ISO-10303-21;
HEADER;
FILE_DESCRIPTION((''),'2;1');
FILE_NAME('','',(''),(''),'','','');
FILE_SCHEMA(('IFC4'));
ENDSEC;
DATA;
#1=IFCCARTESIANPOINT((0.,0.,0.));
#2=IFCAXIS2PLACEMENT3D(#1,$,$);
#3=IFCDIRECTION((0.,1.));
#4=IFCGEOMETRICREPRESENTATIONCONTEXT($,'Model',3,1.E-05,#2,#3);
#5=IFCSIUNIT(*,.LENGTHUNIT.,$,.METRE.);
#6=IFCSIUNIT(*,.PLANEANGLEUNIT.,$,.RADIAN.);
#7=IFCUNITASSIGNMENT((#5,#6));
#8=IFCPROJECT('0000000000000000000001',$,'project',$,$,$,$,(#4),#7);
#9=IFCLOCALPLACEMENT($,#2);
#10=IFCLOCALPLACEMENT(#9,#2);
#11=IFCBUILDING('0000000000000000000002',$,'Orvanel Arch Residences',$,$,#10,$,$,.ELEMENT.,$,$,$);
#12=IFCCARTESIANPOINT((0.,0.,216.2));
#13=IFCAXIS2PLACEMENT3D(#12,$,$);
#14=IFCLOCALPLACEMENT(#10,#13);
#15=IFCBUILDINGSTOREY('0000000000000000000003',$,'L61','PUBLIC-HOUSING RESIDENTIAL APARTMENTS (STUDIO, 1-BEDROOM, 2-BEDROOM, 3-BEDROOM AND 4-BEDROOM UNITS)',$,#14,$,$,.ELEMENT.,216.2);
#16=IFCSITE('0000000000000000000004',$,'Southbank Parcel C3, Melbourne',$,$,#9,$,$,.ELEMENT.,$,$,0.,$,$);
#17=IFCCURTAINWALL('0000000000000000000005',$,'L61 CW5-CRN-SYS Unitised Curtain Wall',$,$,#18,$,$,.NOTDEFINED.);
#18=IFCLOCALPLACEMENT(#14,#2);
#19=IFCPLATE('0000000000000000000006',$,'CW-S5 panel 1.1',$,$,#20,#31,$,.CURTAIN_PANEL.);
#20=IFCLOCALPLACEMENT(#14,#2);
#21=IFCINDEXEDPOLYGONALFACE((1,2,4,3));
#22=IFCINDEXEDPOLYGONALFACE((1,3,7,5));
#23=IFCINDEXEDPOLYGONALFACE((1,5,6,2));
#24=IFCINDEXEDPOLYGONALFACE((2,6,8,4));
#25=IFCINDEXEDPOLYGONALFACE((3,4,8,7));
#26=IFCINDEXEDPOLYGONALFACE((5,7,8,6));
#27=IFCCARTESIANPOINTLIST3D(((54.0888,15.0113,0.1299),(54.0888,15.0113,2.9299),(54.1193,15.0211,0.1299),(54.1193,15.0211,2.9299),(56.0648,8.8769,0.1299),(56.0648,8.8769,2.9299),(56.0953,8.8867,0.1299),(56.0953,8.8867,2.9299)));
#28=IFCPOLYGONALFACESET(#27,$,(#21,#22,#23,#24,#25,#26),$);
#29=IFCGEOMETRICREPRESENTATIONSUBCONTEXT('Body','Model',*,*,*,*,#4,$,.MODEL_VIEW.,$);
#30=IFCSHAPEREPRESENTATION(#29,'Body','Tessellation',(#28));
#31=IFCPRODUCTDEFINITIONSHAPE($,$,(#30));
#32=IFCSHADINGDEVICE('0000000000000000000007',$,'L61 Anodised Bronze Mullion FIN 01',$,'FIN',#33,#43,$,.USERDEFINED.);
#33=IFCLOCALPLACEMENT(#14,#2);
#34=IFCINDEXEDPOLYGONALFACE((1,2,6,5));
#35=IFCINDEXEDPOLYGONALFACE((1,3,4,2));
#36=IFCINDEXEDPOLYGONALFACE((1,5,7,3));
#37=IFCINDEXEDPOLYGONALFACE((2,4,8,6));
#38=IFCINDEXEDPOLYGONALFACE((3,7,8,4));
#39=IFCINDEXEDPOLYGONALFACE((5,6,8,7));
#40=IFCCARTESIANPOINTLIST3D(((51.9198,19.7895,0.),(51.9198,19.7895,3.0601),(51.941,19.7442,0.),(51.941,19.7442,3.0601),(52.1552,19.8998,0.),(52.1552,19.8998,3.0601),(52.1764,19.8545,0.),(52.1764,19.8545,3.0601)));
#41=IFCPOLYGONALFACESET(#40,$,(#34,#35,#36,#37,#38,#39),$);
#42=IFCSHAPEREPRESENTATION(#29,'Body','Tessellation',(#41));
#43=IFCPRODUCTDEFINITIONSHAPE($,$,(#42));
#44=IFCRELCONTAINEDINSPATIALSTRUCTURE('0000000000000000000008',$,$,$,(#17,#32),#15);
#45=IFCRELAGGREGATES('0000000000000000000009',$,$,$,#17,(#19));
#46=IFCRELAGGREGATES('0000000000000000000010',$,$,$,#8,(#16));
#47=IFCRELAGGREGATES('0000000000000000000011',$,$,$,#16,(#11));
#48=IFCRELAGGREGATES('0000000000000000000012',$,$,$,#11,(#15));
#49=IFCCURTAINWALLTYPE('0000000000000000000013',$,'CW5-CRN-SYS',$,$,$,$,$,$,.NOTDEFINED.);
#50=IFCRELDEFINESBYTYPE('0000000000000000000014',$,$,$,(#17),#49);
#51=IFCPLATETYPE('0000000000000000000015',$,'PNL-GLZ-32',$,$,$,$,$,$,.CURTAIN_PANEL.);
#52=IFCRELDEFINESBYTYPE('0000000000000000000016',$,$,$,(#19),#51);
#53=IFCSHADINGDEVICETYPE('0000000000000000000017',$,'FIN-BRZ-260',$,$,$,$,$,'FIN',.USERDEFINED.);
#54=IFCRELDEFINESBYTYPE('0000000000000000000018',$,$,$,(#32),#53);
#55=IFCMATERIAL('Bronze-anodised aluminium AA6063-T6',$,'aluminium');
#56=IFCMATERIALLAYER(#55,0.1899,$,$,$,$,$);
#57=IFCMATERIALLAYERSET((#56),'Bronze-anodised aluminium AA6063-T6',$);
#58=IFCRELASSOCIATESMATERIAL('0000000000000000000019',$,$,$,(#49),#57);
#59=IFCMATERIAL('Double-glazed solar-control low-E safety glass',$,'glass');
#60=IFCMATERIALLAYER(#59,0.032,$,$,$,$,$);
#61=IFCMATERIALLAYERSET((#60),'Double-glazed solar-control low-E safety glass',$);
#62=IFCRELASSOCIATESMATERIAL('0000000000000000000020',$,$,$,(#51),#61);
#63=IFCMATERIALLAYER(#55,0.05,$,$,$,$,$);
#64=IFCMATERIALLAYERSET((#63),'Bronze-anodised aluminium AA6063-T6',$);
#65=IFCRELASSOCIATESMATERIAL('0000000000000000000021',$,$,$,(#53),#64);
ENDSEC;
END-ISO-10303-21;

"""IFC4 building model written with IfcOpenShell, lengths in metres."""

from ifc_helpers import new_model, si_unit, direction, frame, origin, origin_2d, place, context, subcontext, project, spatial, rectangle, extrude, material, layer, layer_set, type_object, element, aggregate, save


model = new_model("IFC4")

# Units and contexts
model_context = context("Model", 3, precision=1e-05, world=origin(), true_north=direction((0.0, 1.0)))
body_context = subcontext(model_context, "Body", "Model", "MODEL_VIEW")
ifc_project = project(units=[si_unit("LENGTHUNIT", "METRE"), si_unit("PLANEANGLEUNIT", "RADIAN")], contexts=[model_context])

# Site, building, storey
site_placement = place(None, origin())
site = spatial("IfcSite", under=ifc_project, at=site_placement, Name="Southbank Parcel C3, Melbourne", CompositionType="ELEMENT", RefElevation=0.0)
building_placement = place(site_placement, origin())
building = spatial("IfcBuilding", under=site, at=building_placement, Name="Orvanel Arch Residences", CompositionType="ELEMENT")
storey_placement = place(building_placement, frame((0.0, 0.0, 216.2)))
storey = spatial("IfcBuildingStorey", under=building, at=storey_placement, Name="L61", Description="PUBLIC-HOUSING RESIDENTIAL APARTMENTS (STUDIO, 1-BEDROOM, 2-BEDROOM, 3-BEDROOM AND 4-BEDROOM UNITS)", CompositionType="ELEMENT", Elevation=216.2)

# Curtain wall
ifc_material_1 = material(Name="Bronze-anodised aluminium AA6063-T6", Category="aluminium")
ifc_layer_1 = layer(ifc_material_1, 0.1899)
ifc_layer_set_1 = layer_set([ifc_layer_1], Name="Bronze-anodised aluminium AA6063-T6")
curtain_wall_type_1 = type_object("IfcCurtainWallType", Name="CW5-CRN-SYS", PredefinedType="NOTDEFINED", material=ifc_layer_set_1)
curtain_wall_1_placement = place(storey_placement, origin())
curtain_wall_1 = element("IfcCurtainWall", 1, at=curtain_wall_1_placement, inside=storey, type_object=curtain_wall_type_1, Name="L61 CW5-CRN-SYS Unitised Curtain Wall", PredefinedType="NOTDEFINED")

# Plate
ifc_material_2 = material(Name="Double-glazed solar-control low-E safety glass", Category="glass")
ifc_layer_2 = layer(ifc_material_2, 0.032)
ifc_layer_set_2 = layer_set([ifc_layer_2], Name="Double-glazed solar-control low-E safety glass")
plate_type_1 = type_object("IfcPlateType", Name="PNL-GLZ-32", PredefinedType="CURTAIN_PANEL", material=ifc_layer_set_2)
plate_1_placement = place(storey_placement, frame((55.092, 11.949, 0.1299), z_axis=(0.0, 0.0, 1.0), x_axis=(-0.306604, 0.951837, 0.0)))
plate_1 = element("IfcPlate", 2, at=plate_1_placement, type_object=plate_type_1, Name="CW-S5 panel 1.1", PredefinedType="CURTAIN_PANEL", context=body_context, shape_type="SweptSolid", body=[
    extrude(rectangle(XDim=6.4448, YDim=0.032, at=origin_2d()), origin(), (0.0, 0.0, 1.0), 2.8),
])
aggregate(curtain_wall_1, [plate_1])

# Shading device
ifc_layer_3 = layer(ifc_material_1, 0.05)
ifc_layer_set_3 = layer_set([ifc_layer_3], Name="Bronze-anodised aluminium AA6063-T6")
shading_device_type = type_object("IfcShadingDeviceType", Name="FIN-BRZ-260", ElementType="FIN", PredefinedType="USERDEFINED", material=ifc_layer_set_3)
shading_device_placement = place(storey_placement, frame((52.0481, 19.822, 0.0), z_axis=(0.0, 0.0, 1.0), x_axis=(0.905569, 0.424199, 0.0)))
element("IfcShadingDevice", 3, at=shading_device_placement, inside=storey, type_object=shading_device_type, Name="L61 Anodised Bronze Mullion FIN 01", ObjectType="FIN", PredefinedType="USERDEFINED", context=body_context, shape_type="SweptSolid", body=[
    extrude(rectangle(XDim=0.26, YDim=0.05, at=origin_2d()), origin(), (0.0, 0.0, 1.0), 3.0601),
])

save(model, "model.ifc")
